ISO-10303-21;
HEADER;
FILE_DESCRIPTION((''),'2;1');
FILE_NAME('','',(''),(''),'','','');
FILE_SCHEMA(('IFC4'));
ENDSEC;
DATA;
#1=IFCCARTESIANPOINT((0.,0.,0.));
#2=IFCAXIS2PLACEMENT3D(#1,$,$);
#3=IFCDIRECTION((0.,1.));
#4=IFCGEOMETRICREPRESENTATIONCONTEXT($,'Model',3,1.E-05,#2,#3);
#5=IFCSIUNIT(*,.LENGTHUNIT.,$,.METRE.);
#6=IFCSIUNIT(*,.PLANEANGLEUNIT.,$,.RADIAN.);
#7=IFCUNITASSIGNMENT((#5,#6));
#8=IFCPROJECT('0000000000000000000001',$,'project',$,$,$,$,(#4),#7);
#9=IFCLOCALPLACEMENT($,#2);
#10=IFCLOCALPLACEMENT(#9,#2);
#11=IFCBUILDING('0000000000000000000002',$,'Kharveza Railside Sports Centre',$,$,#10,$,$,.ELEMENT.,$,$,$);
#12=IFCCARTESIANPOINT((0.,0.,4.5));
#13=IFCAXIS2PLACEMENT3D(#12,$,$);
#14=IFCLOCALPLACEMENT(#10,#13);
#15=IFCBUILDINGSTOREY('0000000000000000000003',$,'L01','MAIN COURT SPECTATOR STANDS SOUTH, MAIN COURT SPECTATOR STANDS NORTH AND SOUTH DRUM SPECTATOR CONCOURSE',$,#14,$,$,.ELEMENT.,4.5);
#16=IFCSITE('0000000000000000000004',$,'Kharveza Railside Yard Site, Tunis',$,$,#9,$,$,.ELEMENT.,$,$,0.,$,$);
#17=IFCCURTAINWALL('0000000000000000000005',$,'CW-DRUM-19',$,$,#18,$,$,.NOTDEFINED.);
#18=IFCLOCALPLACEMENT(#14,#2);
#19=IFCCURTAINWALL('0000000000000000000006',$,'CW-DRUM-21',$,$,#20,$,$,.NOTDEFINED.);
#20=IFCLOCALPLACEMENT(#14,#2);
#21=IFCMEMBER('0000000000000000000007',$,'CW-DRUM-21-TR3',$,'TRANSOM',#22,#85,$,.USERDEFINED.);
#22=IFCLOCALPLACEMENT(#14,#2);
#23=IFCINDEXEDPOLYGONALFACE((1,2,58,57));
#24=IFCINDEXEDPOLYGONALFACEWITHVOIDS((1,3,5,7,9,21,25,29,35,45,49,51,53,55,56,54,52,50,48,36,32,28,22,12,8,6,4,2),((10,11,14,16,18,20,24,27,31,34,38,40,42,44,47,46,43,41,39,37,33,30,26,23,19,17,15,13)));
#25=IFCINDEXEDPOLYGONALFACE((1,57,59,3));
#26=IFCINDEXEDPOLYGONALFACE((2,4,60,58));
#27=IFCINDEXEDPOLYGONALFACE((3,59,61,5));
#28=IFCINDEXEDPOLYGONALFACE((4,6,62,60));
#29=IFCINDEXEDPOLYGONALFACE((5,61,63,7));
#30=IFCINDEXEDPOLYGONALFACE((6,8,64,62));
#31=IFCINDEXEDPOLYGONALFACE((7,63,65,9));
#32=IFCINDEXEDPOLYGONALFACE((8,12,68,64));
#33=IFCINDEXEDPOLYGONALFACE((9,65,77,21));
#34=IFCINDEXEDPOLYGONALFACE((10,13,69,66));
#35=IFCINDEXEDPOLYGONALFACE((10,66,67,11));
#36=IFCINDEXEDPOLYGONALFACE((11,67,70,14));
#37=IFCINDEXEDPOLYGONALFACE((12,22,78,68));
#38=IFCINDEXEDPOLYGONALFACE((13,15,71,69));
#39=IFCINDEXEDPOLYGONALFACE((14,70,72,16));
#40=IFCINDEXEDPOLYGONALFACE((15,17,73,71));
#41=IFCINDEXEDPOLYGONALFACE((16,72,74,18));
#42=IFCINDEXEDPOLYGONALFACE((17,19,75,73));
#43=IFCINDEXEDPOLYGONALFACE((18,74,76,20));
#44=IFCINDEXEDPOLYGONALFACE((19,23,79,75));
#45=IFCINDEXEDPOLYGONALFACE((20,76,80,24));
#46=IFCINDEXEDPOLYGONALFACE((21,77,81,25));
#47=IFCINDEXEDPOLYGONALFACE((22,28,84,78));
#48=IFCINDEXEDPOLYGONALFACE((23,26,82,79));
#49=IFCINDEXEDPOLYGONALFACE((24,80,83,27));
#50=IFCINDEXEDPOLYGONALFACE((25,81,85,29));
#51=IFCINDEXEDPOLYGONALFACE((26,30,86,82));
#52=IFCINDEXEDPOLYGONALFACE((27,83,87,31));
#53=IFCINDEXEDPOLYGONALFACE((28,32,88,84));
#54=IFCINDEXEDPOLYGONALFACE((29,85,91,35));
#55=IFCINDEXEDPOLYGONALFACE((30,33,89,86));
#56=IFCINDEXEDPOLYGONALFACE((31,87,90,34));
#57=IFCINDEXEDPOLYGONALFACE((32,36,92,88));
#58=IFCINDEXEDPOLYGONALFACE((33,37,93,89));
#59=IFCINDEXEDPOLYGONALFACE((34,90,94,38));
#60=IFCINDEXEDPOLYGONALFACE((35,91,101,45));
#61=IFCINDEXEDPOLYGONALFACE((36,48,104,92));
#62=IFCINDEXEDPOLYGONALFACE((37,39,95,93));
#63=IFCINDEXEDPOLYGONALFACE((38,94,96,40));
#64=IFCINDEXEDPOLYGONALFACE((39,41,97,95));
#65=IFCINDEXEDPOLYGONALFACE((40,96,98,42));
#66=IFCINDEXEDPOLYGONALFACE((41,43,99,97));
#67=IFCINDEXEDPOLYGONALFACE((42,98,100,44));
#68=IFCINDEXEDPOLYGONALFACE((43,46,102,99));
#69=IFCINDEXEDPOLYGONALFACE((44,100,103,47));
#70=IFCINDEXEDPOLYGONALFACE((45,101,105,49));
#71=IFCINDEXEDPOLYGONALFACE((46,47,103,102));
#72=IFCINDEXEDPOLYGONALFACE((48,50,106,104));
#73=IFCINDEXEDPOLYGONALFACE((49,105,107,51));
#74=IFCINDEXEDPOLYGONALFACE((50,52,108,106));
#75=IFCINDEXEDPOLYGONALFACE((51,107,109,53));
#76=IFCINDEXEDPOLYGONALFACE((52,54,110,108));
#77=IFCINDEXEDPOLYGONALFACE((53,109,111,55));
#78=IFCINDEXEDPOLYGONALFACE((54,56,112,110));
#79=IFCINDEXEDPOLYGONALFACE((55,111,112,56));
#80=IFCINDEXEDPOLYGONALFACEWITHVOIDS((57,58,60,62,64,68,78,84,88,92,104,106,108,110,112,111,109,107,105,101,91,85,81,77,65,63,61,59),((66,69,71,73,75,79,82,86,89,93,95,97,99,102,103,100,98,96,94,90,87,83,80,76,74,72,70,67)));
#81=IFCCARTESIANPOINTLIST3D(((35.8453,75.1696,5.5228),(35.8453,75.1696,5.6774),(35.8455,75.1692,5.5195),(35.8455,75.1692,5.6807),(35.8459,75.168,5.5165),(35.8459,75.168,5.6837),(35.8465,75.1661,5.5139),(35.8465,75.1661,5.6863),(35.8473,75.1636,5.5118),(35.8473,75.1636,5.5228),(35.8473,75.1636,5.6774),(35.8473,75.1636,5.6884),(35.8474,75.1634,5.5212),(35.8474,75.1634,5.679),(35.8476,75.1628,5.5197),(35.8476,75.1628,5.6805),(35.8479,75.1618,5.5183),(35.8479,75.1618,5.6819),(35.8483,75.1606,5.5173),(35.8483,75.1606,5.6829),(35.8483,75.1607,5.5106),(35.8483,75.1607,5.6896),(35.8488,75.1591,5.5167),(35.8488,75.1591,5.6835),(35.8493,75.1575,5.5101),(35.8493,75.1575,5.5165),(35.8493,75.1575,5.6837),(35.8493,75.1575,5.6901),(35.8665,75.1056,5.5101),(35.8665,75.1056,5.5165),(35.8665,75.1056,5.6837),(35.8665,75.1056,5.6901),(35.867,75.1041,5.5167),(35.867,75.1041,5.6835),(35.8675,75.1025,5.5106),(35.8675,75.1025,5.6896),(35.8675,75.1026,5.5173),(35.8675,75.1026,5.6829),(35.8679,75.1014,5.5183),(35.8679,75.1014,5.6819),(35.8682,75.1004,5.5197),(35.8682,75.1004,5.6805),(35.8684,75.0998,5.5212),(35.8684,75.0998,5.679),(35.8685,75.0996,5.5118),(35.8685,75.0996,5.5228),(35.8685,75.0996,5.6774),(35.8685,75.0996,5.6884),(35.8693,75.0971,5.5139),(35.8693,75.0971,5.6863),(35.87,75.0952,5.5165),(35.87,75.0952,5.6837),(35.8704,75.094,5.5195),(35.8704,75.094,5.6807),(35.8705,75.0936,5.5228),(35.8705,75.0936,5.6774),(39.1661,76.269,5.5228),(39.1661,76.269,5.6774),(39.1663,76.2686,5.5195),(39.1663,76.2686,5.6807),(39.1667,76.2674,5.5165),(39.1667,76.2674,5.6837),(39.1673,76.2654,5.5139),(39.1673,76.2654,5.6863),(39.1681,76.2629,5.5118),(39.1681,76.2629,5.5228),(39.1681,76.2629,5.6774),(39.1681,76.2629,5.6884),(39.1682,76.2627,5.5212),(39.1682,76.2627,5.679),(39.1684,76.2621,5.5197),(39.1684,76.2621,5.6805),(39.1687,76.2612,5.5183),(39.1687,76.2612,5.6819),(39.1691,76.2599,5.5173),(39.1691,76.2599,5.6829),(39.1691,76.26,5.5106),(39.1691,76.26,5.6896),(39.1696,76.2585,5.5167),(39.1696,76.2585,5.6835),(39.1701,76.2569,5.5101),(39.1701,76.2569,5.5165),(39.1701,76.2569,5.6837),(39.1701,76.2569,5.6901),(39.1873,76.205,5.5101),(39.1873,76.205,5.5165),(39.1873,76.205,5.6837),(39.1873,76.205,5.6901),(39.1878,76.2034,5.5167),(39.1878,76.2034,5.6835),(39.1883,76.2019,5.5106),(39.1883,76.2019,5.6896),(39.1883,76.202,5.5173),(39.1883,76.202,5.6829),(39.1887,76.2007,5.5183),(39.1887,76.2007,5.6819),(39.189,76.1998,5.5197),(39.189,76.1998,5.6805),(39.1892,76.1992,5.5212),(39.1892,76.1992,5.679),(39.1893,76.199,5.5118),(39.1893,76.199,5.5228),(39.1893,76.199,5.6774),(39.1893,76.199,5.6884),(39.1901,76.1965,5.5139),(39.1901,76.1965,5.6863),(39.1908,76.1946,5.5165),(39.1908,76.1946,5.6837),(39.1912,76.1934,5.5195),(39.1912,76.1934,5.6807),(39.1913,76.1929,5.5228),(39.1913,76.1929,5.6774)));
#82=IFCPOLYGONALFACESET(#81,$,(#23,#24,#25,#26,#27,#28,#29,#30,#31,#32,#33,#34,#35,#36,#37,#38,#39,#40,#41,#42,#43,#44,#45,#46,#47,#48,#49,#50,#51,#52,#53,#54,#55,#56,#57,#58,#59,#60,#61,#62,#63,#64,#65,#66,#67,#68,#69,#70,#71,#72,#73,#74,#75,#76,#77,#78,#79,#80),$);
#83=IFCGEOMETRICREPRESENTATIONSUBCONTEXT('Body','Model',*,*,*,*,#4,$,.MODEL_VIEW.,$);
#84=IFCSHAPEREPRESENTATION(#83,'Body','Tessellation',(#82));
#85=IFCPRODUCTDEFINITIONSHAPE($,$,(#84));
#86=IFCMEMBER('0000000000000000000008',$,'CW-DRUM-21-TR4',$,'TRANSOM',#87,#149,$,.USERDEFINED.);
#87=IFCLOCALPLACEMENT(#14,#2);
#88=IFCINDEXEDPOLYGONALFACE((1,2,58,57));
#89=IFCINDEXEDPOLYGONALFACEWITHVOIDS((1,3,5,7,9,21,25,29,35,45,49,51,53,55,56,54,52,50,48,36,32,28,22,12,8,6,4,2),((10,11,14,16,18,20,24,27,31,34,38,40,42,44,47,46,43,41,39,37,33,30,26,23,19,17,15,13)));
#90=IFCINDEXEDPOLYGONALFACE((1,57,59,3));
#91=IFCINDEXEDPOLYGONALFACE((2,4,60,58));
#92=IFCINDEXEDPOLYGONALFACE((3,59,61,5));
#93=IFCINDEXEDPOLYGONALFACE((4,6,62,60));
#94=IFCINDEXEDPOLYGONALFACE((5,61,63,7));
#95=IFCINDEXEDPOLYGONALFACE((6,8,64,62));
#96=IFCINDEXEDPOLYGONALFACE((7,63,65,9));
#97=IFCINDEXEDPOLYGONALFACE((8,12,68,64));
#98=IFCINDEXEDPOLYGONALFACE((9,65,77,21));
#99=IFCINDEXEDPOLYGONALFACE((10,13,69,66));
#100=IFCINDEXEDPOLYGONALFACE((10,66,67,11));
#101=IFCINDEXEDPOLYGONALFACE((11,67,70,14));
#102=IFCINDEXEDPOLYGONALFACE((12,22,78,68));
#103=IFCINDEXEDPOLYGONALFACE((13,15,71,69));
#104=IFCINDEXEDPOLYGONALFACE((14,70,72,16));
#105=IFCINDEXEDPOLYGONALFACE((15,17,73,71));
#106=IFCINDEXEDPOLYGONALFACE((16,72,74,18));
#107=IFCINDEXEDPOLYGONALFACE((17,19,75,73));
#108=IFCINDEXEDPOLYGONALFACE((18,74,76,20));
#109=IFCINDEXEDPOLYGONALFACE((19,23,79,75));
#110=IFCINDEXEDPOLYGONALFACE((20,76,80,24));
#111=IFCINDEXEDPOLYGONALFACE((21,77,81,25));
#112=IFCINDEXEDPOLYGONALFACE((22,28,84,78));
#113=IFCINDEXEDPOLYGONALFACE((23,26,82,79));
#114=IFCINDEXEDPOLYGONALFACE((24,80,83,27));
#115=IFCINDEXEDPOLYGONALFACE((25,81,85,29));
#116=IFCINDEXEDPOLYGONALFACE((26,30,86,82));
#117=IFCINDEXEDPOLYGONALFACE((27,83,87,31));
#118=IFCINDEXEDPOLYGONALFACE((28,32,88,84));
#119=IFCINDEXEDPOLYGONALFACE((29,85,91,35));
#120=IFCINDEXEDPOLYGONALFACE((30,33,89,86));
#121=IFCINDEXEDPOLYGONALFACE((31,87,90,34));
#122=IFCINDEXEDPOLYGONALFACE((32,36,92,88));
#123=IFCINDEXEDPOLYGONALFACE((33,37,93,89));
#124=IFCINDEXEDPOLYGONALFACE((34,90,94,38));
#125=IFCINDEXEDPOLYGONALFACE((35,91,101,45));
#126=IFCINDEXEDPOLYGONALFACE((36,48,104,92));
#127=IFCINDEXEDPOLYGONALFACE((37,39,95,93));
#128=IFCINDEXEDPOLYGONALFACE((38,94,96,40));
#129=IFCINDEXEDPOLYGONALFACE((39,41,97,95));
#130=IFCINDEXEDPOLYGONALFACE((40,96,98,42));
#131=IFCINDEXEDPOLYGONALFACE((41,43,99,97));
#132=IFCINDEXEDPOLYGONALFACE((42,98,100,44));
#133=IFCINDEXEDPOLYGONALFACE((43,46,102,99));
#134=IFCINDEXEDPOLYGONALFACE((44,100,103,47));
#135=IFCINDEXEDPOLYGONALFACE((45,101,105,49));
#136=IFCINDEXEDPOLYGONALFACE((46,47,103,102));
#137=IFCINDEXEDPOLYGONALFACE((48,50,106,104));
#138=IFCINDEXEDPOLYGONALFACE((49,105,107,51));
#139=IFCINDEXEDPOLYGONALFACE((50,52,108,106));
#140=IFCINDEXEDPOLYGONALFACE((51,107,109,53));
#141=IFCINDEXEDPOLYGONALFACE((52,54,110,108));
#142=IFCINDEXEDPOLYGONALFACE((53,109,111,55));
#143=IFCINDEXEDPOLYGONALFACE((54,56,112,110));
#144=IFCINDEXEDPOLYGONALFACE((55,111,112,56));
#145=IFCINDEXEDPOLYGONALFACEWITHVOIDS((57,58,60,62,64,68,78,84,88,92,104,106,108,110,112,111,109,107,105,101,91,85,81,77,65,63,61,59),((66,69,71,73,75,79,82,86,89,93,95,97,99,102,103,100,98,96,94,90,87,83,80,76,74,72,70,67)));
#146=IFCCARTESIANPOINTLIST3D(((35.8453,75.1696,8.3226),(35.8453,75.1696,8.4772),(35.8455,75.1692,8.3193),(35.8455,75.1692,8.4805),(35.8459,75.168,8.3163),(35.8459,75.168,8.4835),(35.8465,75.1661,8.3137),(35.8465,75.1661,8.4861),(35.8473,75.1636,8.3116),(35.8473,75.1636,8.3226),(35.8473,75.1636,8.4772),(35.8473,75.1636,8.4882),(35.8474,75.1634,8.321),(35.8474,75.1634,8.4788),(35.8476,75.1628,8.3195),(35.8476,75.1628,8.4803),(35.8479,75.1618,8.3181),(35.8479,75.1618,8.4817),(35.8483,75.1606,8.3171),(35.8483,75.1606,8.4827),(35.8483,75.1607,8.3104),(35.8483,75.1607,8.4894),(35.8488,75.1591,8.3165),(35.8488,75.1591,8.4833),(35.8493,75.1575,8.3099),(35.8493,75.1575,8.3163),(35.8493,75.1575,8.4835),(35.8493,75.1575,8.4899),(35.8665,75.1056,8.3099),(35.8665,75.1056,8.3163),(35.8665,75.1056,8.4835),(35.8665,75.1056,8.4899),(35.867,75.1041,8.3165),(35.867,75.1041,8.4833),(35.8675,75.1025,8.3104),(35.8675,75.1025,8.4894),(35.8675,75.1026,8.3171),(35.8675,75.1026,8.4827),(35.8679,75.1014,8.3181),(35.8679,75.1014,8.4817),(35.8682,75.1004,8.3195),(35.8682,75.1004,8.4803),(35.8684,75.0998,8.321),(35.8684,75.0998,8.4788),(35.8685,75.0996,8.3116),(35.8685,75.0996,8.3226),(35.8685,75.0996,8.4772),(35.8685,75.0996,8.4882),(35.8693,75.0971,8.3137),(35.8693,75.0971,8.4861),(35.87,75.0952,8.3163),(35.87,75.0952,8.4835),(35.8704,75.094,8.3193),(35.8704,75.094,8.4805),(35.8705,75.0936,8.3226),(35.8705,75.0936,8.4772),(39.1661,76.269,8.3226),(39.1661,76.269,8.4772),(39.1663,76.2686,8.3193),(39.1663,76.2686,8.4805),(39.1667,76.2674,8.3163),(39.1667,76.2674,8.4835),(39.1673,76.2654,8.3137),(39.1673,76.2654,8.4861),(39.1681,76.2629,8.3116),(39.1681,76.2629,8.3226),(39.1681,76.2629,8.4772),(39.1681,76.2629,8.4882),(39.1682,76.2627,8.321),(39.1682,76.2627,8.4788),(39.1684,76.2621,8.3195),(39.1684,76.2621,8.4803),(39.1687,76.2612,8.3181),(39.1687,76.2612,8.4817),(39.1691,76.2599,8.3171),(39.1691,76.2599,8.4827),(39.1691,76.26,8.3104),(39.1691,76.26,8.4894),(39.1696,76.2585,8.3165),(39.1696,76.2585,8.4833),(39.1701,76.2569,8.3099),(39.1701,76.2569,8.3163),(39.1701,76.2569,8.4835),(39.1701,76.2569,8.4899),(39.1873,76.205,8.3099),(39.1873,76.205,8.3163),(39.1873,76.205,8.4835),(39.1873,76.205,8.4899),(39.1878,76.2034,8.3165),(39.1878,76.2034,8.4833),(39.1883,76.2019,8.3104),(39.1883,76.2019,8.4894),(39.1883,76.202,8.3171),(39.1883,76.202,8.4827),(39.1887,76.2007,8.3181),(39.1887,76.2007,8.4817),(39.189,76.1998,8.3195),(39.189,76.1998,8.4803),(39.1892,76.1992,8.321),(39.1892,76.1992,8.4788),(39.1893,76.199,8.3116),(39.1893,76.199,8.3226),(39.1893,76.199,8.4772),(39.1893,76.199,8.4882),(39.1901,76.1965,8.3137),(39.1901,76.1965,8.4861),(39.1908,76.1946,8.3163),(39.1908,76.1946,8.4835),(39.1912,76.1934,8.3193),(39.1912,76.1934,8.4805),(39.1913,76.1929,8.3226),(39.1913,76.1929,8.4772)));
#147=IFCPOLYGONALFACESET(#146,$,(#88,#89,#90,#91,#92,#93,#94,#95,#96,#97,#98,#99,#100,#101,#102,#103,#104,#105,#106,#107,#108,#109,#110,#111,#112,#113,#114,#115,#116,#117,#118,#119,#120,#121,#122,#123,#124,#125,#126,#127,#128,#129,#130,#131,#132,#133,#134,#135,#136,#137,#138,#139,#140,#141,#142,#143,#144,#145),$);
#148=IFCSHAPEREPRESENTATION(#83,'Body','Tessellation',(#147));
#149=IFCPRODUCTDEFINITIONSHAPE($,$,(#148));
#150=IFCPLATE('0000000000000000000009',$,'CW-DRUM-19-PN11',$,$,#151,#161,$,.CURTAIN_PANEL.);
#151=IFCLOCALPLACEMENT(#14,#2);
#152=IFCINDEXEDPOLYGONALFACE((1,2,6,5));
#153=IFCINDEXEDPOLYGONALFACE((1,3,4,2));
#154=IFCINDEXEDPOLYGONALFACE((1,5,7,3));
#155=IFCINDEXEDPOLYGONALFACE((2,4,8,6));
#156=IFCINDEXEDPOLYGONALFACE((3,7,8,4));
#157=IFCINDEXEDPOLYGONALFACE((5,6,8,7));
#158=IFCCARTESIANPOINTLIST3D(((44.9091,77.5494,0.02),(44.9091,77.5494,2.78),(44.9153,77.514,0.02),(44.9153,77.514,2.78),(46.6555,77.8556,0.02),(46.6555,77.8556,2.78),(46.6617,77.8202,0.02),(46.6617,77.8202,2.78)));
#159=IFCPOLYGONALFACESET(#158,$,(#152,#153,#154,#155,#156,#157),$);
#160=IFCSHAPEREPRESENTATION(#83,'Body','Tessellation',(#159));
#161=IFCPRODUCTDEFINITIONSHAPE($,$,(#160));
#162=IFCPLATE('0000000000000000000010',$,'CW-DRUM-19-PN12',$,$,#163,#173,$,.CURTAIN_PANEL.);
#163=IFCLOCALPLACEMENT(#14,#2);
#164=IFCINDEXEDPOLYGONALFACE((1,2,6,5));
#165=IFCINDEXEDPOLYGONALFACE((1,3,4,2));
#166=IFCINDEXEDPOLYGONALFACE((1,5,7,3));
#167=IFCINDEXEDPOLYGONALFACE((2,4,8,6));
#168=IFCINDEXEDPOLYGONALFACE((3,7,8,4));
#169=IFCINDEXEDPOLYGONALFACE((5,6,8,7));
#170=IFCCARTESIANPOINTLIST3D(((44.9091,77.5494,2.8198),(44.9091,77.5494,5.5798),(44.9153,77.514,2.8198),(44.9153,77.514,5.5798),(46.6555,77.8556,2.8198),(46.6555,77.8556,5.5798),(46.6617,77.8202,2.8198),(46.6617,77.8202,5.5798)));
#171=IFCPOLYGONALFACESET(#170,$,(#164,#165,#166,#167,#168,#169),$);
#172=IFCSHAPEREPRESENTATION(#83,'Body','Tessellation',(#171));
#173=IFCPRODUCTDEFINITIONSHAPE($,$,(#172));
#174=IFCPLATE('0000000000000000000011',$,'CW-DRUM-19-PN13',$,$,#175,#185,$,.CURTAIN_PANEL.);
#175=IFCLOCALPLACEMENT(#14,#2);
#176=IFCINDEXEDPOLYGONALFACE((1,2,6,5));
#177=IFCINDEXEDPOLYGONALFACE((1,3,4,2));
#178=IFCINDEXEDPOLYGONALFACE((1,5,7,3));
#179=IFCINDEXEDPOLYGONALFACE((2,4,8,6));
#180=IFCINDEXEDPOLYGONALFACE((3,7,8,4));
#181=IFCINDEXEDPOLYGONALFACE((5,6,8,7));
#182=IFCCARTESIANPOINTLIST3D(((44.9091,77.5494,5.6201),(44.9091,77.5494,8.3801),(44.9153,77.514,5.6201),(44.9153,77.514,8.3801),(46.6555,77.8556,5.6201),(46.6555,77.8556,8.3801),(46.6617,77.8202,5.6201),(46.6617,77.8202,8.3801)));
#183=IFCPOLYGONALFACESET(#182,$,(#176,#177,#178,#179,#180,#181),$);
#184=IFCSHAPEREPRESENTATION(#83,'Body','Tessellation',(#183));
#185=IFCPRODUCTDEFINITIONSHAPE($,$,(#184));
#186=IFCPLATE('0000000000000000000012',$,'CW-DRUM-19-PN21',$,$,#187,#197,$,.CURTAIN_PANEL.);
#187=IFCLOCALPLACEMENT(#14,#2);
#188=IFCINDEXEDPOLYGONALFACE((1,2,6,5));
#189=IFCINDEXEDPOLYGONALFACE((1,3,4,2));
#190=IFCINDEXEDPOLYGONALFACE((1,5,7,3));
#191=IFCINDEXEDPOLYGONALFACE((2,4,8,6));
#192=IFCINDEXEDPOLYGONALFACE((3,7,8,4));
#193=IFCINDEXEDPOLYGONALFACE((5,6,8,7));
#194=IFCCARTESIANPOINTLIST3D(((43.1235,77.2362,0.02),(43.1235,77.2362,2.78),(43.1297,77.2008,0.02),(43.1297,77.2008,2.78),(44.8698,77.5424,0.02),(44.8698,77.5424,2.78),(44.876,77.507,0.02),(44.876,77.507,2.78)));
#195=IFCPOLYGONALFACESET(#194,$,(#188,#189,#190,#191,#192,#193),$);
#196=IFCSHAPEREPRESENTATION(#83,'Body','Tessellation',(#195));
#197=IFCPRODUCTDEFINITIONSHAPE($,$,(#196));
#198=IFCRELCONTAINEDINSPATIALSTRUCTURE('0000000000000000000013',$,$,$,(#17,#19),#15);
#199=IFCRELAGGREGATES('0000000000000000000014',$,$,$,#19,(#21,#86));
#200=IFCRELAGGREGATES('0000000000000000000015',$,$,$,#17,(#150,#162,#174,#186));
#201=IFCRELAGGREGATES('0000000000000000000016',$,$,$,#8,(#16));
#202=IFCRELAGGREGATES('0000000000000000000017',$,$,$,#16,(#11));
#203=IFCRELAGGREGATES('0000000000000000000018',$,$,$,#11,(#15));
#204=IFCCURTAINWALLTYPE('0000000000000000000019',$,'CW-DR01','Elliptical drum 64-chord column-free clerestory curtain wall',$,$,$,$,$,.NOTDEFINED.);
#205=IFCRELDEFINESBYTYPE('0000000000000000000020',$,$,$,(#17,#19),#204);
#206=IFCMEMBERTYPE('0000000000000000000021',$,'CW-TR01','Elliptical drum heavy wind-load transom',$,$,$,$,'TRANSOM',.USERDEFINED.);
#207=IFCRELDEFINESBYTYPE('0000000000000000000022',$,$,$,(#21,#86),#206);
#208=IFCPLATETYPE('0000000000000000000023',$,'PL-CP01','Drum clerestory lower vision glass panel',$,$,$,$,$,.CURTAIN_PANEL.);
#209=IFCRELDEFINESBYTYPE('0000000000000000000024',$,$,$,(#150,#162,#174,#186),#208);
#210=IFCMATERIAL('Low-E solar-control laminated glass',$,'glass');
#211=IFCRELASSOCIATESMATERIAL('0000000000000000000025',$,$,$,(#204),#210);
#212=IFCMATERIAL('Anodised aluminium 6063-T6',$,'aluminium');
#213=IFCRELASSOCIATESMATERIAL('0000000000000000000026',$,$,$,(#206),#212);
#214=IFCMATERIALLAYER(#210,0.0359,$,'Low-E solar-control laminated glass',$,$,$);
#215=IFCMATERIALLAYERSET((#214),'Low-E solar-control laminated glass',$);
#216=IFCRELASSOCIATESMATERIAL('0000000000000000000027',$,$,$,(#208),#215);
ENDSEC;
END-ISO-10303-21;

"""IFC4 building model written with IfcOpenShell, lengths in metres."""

from ifc_helpers import new_model, si_unit, direction, frame, origin, origin_2d, place, context, subcontext, project, spatial, rectangle, hollow_rectangle, extrude, material, layer, layer_set, material_profile, profile_set, type_object, element, aggregate, save


model = new_model("IFC4")

# Units and contexts
model_context = context("Model", 3, precision=1e-05, world=origin(), true_north=direction((0.0, 1.0)))
body_context = subcontext(model_context, "Body", "Model", "MODEL_VIEW")
ifc_project = project(units=[si_unit("LENGTHUNIT", "METRE"), si_unit("PLANEANGLEUNIT", "RADIAN")], contexts=[model_context])

# Site, building, storey
site_placement = place(None, origin())
site = spatial("IfcSite", under=ifc_project, at=site_placement, Name="Kharveza Railside Yard Site, Tunis", CompositionType="ELEMENT", RefElevation=0.0)
building_placement = place(site_placement, origin())
building = spatial("IfcBuilding", under=site, at=building_placement, Name="Kharveza Railside Sports Centre", CompositionType="ELEMENT")
storey_placement = place(building_placement, frame((0.0, 0.0, 4.5)))
storey = spatial("IfcBuildingStorey", under=building, at=storey_placement, Name="L01", Description="MAIN COURT SPECTATOR STANDS SOUTH, MAIN COURT SPECTATOR STANDS NORTH AND SOUTH DRUM SPECTATOR CONCOURSE", CompositionType="ELEMENT", Elevation=4.5)

# Curtain walls, members
ifc_material_1 = material(Name="Low-E solar-control laminated glass", Category="glass")
curtain_wall_type = type_object("IfcCurtainWallType", Name="CW-DR01", Description="Elliptical drum 64-chord column-free clerestory curtain wall", PredefinedType="NOTDEFINED", material=ifc_material_1)
curtain_wall_1_placement = place(storey_placement, origin())
curtain_wall_1 = element("IfcCurtainWall", 1, at=curtain_wall_1_placement, inside=storey, type_object=curtain_wall_type, Name="CW-DRUM-19", PredefinedType="NOTDEFINED")
ifc_material_2 = material(Name="Anodised aluminium 6063-T6", Category="aluminium")
ifc_material_profile_1 = material_profile(ifc_material_2, hollow_rectangle(XDim=0.0801, YDim=0.1799, WallThickness=0.0063, InnerFilletRadius=0.0063, OuterFilletRadius=0.0127, at=origin_2d()), Name="RHS 80x180x6.3")
ifc_profile_set_1 = profile_set([ifc_material_profile_1], Name="Anodised aluminium 6063-T6")
member_type_1 = type_object("IfcMemberType", Name="CW-TR01", Description="Elliptical drum heavy wind-load transom", ElementType="TRANSOM", PredefinedType="USERDEFINED", material=ifc_profile_set_1)
curtain_wall_2_placement = place(storey_placement, origin())
curtain_wall_2 = element("IfcCurtainWall", 2, at=curtain_wall_2_placement, inside=storey, type_object=curtain_wall_type, Name="CW-DRUM-21", PredefinedType="NOTDEFINED")
member_1_placement = place(storey_placement, frame((39.1787, 76.231, 5.6001), z_axis=(-0.94933, -0.31428, 0.0), x_axis=(0.31428, -0.94933, 0.0)))
member_1 = element("IfcMember", 3, at=member_1_placement, type_object=member_type_1, Name="CW-DRUM-21-TR3", ObjectType="TRANSOM", PredefinedType="USERDEFINED", context=body_context, shape_type="SweptSolid", body=[
    extrude(hollow_rectangle(XDim=0.0801, YDim=0.1799, WallThickness=0.0063, InnerFilletRadius=0.0063, OuterFilletRadius=0.0127, at=origin_2d()), origin(), (0.0, 0.0, 1.0), 3.498),
])
member_2_placement = place(storey_placement, frame((39.1787, 76.231, 8.3999), z_axis=(-0.94933, -0.31428, 0.0), x_axis=(0.31428, -0.94933, 0.0)))
member_2 = element("IfcMember", 4, at=member_2_placement, type_object=member_type_1, Name="CW-DRUM-21-TR4", ObjectType="TRANSOM", PredefinedType="USERDEFINED", context=body_context, shape_type="SweptSolid", body=[
    extrude(hollow_rectangle(XDim=0.0801, YDim=0.1799, WallThickness=0.0063, InnerFilletRadius=0.0063, OuterFilletRadius=0.0127, at=origin_2d()), origin(), (0.0, 0.0, 1.0), 3.498),
])
aggregate(curtain_wall_2, [member_1, member_2])

# Plates
ifc_layer = layer(ifc_material_1, 0.0359, Name="Low-E solar-control laminated glass")
ifc_layer_set = layer_set([ifc_layer], Name="Low-E solar-control laminated glass")
plate_type = type_object("IfcPlateType", Name="PL-CP01", Description="Drum clerestory lower vision glass panel", PredefinedType="CURTAIN_PANEL", material=ifc_layer_set)
plate_1_placement = place(storey_placement, frame((45.7854, 77.6848, 0.02), z_axis=(0.0, 0.0, 1.0), x_axis=(-0.984974, -0.172703, 0.0)))
plate_1 = element("IfcPlate", 5, at=plate_1_placement, type_object=plate_type, Name="CW-DRUM-19-PN11", PredefinedType="CURTAIN_PANEL", context=body_context, shape_type="SweptSolid", body=[
    extrude(rectangle(XDim=1.7729, YDim=0.0359, at=origin_2d()), origin(), (0.0, 0.0, 1.0), 2.76),
])
plate_2_placement = place(storey_placement, frame((45.7854, 77.6848, 2.8198), z_axis=(0.0, 0.0, 1.0), x_axis=(-0.984974, -0.172703, 0.0)))
plate_2 = element("IfcPlate", 6, at=plate_2_placement, type_object=plate_type, Name="CW-DRUM-19-PN12", PredefinedType="CURTAIN_PANEL", context=body_context, shape_type="SweptSolid", body=[
    extrude(rectangle(XDim=1.7729, YDim=0.0359, at=origin_2d()), origin(), (0.0, 0.0, 1.0), 2.76),
])
plate_3_placement = place(storey_placement, frame((45.7854, 77.6848, 5.6201), z_axis=(0.0, 0.0, 1.0), x_axis=(-0.984974, -0.172703, 0.0)))
plate_3 = element("IfcPlate", 7, at=plate_3_placement, type_object=plate_type, Name="CW-DRUM-19-PN13", PredefinedType="CURTAIN_PANEL", context=body_context, shape_type="SweptSolid", body=[
    extrude(rectangle(XDim=1.7729, YDim=0.0359, at=origin_2d()), origin(), (0.0, 0.0, 1.0), 2.76),
])
plate_4_placement = place(storey_placement, frame((43.9998, 77.3716, 0.02), z_axis=(0.0, 0.0, 1.0), x_axis=(-0.984974, -0.172703, 0.0)))
plate_4 = element("IfcPlate", 8, at=plate_4_placement, type_object=plate_type, Name="CW-DRUM-19-PN21", PredefinedType="CURTAIN_PANEL", context=body_context, shape_type="SweptSolid", body=[
    extrude(rectangle(XDim=1.7729, YDim=0.0359, at=origin_2d()), origin(), (0.0, 0.0, 1.0), 2.76),
])
aggregate(curtain_wall_1, [plate_1, plate_2, plate_3, plate_4])

save(model, "model.ifc")
